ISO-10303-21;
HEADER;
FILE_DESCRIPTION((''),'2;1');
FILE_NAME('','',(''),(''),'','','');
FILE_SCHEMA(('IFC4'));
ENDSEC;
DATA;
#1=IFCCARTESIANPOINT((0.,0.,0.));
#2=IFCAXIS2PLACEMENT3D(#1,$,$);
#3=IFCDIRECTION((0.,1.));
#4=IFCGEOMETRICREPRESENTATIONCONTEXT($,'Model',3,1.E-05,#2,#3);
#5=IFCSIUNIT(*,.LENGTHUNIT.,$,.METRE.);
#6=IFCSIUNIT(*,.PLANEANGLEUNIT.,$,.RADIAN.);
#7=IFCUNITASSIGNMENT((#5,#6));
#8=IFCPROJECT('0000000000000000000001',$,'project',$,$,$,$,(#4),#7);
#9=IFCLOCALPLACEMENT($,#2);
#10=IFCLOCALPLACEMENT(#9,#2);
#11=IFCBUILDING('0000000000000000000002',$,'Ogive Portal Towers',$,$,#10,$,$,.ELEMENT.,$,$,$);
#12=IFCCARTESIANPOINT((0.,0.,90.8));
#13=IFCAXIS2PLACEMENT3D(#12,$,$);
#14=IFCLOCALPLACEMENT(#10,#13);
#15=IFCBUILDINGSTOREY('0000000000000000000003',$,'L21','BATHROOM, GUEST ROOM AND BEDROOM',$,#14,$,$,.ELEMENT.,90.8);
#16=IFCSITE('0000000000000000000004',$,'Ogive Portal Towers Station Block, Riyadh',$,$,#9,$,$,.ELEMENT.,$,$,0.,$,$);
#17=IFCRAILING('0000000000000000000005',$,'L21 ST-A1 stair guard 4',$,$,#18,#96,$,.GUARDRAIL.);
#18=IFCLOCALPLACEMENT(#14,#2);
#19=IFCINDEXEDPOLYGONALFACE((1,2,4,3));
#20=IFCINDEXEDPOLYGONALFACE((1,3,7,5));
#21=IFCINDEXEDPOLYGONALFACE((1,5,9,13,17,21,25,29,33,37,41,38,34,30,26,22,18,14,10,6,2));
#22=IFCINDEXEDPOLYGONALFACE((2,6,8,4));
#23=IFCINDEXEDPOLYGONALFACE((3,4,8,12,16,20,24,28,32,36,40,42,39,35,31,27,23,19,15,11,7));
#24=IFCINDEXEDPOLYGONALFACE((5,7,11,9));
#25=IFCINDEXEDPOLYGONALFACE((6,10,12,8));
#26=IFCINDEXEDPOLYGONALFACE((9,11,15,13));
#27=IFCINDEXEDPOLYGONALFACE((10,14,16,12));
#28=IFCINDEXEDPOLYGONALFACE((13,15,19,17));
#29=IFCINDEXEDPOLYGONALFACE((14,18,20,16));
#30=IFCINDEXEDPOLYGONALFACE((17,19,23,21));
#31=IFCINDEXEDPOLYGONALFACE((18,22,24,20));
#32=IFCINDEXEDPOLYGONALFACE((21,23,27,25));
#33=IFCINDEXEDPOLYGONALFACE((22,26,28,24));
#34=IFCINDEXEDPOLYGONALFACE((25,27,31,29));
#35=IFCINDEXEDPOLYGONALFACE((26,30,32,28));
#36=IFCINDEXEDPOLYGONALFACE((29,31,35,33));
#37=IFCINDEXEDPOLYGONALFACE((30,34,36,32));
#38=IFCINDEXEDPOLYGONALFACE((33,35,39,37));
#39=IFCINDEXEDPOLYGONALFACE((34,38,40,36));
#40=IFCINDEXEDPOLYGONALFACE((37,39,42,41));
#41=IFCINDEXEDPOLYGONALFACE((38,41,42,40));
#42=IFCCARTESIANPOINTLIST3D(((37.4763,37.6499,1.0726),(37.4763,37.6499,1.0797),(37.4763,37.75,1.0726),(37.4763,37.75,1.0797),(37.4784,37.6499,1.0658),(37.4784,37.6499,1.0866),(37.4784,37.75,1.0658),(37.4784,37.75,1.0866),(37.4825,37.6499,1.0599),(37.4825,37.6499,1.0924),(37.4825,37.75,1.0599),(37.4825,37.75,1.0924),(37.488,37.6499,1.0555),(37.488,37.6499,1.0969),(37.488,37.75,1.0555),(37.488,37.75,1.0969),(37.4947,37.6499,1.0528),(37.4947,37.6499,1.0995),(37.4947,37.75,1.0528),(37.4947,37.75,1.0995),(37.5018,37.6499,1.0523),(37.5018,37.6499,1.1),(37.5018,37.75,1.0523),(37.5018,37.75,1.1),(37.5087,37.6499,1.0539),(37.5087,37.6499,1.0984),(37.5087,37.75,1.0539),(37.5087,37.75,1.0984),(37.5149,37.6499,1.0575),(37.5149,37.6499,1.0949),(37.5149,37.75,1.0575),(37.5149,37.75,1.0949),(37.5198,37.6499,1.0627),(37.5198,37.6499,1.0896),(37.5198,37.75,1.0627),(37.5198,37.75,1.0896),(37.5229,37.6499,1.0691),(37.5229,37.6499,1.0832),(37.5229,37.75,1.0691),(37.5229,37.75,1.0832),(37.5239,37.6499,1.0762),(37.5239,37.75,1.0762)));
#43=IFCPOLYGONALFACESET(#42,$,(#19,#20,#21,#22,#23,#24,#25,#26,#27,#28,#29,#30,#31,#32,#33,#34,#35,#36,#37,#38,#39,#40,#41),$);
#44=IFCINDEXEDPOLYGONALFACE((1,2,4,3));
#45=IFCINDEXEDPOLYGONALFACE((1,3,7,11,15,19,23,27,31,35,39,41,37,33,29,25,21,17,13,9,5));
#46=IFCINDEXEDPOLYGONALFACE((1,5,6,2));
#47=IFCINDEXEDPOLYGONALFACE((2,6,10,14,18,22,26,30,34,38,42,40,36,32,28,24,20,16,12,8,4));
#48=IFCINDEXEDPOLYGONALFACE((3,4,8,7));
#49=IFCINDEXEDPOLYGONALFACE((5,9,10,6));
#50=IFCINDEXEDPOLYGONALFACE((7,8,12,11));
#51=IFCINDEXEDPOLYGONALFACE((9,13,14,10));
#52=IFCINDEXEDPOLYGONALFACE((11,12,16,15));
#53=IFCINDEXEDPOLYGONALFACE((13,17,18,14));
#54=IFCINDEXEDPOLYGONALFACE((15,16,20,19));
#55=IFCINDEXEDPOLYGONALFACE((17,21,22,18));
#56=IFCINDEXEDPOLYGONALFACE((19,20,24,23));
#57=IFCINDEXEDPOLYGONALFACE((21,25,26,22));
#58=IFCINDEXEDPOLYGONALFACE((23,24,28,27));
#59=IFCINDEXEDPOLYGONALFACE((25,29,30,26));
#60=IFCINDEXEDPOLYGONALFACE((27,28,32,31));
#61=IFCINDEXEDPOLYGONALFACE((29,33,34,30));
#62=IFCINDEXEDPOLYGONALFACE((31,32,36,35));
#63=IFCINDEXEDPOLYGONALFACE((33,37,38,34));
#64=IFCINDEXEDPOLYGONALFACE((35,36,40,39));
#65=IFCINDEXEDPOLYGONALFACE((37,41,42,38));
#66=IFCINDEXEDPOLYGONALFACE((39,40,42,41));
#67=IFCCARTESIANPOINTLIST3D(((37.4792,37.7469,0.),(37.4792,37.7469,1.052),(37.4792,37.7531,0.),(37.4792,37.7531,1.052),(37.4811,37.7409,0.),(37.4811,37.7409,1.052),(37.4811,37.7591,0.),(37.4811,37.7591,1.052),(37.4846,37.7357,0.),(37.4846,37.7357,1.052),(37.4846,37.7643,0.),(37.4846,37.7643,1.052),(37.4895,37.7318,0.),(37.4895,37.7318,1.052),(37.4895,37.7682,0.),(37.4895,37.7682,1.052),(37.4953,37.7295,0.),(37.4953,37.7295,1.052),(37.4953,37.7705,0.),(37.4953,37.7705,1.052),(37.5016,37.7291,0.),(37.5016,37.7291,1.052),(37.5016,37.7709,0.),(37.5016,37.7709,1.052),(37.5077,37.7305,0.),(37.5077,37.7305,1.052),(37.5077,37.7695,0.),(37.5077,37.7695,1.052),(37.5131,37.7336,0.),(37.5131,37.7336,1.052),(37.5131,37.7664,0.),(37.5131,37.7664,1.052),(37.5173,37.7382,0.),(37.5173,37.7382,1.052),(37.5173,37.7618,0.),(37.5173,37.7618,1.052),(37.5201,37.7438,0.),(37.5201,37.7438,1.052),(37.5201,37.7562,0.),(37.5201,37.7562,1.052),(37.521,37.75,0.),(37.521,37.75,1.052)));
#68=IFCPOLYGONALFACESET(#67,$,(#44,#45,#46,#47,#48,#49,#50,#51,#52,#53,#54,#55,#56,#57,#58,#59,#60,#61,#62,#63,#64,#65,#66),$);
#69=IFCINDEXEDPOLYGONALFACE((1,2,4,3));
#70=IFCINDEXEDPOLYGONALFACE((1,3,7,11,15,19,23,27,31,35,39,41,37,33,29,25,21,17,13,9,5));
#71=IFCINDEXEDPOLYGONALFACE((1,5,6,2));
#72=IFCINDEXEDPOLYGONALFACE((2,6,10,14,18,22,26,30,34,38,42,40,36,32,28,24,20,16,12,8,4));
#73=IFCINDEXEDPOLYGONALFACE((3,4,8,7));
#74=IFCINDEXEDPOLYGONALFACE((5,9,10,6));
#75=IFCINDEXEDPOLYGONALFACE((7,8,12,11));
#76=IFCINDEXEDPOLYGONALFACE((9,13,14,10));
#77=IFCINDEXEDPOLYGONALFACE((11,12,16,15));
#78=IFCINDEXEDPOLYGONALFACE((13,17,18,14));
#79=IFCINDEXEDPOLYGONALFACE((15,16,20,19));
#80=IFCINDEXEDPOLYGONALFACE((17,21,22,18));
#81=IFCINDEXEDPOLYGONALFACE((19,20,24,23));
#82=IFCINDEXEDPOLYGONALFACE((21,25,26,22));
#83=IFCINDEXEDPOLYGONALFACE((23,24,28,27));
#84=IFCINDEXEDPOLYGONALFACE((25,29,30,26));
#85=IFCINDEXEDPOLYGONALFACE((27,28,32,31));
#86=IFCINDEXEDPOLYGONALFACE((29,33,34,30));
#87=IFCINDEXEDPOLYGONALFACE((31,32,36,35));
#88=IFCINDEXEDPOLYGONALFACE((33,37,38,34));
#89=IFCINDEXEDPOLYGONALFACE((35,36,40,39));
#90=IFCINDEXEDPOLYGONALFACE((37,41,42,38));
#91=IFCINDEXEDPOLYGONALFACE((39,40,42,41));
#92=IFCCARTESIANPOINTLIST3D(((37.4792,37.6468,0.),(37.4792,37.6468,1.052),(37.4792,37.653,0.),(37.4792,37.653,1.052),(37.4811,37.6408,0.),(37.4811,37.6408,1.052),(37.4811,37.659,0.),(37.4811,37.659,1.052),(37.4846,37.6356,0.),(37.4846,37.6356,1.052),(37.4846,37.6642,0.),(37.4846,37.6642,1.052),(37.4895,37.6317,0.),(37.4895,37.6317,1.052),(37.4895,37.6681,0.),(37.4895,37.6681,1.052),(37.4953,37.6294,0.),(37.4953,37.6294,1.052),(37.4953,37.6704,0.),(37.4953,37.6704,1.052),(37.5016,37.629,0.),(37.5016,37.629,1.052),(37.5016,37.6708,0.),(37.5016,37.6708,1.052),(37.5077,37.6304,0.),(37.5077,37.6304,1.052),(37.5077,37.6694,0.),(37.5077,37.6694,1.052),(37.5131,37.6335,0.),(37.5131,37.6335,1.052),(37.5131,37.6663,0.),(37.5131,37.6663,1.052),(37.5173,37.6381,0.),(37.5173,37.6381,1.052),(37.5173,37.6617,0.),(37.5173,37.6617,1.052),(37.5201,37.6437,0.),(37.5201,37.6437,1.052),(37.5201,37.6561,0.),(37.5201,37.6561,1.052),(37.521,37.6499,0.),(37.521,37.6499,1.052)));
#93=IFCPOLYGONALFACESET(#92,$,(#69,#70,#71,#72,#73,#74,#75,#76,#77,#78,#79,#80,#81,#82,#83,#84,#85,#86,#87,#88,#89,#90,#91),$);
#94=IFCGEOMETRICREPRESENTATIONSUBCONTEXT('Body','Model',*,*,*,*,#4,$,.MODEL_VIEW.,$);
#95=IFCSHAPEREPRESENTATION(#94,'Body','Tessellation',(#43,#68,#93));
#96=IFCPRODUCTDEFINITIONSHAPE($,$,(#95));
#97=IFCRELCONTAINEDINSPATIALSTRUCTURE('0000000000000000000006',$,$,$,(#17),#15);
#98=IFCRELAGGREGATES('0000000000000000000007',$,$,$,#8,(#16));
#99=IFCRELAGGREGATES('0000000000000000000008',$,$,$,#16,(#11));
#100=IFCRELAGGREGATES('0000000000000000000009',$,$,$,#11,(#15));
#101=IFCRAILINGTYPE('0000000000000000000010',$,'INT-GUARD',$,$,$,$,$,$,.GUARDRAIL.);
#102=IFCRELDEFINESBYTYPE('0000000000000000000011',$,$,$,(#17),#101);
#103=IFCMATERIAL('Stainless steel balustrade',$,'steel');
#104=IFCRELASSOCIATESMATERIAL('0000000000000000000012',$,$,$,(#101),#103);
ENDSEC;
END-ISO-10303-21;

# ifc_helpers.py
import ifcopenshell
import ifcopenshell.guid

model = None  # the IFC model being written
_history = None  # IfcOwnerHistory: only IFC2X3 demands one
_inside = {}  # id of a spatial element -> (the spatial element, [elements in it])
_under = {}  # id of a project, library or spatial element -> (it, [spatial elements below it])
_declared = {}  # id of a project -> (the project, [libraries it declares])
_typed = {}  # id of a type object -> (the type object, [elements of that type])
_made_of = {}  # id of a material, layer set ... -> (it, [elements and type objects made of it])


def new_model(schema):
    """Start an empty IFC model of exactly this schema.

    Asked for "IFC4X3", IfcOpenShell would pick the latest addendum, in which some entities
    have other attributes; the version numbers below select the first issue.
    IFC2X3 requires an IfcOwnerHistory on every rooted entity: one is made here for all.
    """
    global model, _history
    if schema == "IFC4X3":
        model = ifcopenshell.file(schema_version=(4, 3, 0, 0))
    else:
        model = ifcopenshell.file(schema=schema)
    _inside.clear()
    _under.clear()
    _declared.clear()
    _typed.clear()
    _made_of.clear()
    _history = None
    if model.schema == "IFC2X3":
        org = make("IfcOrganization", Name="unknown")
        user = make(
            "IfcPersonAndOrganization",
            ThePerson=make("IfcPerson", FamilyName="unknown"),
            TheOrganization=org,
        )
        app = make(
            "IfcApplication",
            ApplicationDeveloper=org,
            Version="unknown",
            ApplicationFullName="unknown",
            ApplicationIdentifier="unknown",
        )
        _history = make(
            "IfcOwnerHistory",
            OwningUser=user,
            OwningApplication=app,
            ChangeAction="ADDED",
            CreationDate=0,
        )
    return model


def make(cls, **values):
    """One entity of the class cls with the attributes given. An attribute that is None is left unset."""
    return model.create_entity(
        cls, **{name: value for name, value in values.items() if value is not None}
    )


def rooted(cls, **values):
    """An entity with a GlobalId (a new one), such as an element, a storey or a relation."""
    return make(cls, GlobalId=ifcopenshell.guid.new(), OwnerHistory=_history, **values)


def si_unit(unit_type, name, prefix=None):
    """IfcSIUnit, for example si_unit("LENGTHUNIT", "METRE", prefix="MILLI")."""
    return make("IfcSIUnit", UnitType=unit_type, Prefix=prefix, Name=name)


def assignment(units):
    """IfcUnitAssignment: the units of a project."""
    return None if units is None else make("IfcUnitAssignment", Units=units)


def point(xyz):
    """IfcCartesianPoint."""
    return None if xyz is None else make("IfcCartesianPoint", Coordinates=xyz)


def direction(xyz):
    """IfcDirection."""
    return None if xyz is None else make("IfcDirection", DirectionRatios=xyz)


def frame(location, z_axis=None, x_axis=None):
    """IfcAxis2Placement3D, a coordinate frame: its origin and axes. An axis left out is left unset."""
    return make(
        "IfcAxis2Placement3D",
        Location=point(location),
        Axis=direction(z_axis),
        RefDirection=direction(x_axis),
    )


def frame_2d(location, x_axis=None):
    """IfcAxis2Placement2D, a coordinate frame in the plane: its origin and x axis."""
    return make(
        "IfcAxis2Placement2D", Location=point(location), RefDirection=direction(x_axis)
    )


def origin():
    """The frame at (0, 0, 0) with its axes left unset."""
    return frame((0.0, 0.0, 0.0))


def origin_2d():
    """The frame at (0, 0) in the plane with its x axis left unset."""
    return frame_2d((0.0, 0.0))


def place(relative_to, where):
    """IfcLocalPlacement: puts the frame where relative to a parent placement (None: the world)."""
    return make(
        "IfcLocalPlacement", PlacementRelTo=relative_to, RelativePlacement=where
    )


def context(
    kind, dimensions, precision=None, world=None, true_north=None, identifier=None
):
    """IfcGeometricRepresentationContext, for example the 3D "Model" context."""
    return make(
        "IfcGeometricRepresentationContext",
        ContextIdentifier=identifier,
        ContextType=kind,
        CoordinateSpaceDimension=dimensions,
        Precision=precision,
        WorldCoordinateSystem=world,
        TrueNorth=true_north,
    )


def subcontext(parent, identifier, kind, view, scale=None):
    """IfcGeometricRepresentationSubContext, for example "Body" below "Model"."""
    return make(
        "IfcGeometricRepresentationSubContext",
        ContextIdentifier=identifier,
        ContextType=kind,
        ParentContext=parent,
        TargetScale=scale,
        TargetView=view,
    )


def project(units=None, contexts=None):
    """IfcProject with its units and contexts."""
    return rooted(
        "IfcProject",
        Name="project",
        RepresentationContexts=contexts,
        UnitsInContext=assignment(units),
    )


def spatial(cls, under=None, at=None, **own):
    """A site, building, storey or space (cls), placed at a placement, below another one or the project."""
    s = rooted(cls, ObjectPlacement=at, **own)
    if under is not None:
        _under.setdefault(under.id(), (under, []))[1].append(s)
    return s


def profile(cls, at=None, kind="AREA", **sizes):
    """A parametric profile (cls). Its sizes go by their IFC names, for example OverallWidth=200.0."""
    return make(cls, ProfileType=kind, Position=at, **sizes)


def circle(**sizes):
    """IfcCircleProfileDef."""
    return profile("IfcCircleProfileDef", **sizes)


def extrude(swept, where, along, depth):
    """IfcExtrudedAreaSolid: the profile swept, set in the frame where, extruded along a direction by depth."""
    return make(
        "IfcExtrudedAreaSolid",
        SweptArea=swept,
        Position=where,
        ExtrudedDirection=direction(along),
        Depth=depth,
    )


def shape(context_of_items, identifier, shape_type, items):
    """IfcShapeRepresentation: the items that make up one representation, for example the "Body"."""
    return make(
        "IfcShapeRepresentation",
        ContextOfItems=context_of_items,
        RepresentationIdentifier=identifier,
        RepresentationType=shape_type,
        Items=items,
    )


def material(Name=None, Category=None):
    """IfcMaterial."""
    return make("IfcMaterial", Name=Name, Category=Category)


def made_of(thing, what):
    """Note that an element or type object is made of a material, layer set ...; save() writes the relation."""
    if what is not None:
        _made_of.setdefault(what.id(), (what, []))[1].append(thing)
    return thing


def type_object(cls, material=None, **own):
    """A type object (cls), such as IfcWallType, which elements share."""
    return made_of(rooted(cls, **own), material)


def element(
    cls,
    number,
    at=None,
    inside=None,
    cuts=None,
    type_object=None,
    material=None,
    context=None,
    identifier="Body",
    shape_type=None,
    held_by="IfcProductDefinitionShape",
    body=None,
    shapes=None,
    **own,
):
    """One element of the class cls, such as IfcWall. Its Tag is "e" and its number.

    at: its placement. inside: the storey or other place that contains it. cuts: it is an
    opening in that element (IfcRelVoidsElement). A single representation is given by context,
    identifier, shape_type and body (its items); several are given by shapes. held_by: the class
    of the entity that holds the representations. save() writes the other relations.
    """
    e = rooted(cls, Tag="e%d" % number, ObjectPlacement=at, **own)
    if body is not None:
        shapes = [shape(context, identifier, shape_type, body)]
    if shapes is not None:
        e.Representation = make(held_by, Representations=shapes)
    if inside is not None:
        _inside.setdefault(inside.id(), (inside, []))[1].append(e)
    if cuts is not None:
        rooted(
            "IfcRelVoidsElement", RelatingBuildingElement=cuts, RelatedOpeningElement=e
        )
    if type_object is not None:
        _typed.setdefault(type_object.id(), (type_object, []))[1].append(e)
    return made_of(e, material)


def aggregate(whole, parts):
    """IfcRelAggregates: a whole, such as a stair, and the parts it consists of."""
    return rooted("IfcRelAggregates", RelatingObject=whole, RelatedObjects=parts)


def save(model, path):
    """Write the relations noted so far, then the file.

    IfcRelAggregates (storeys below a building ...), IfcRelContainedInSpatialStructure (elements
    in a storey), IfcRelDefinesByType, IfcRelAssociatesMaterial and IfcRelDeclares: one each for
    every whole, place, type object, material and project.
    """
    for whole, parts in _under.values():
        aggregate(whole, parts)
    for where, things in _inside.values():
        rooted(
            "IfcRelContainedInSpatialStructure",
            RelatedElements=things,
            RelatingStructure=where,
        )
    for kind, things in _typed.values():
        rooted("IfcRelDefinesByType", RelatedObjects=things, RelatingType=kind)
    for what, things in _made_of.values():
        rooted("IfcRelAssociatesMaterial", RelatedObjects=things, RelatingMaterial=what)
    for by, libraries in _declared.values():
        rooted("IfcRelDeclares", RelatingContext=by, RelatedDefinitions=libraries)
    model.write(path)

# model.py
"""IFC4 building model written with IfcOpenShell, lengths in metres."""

from ifc_helpers import new_model, si_unit, direction, frame, origin, origin_2d, place, context, subcontext, project, spatial, circle, extrude, material, type_object, element, save


model = new_model("IFC4")

# Units and contexts
model_context = context("Model", 3, precision=1e-05, world=origin(), true_north=direction((0.0, 1.0)))
body_context = subcontext(model_context, "Body", "Model", "MODEL_VIEW")
ifc_project = project(units=[si_unit("LENGTHUNIT", "METRE"), si_unit("PLANEANGLEUNIT", "RADIAN")], contexts=[model_context])

# Site, building, storey
site_placement = place(None, origin())
site = spatial("IfcSite", under=ifc_project, at=site_placement, Name="Ogive Portal Towers Station Block, Riyadh", CompositionType="ELEMENT", RefElevation=0.0)
building_placement = place(site_placement, origin())
building = spatial("IfcBuilding", under=site, at=building_placement, Name="Ogive Portal Towers", CompositionType="ELEMENT")
storey_placement = place(building_placement, frame((0.0, 0.0, 90.8)))
storey = spatial("IfcBuildingStorey", under=building, at=storey_placement, Name="L21", Description="BATHROOM, GUEST ROOM AND BEDROOM", CompositionType="ELEMENT", Elevation=90.8)

# Railing
ifc_material_1 = material(Name="Stainless steel balustrade", Category="steel")
railing_type_1 = type_object("IfcRailingType", Name="INT-GUARD", PredefinedType="GUARDRAIL", material=ifc_material_1)
railing_1_placement = place(storey_placement, frame((37.5, 37.75, 0.0)))
element("IfcRailing", 1, at=railing_1_placement, inside=storey, type_object=railing_type_1, Name="L21 ST-A1 stair guard 4", PredefinedType="GUARDRAIL", context=body_context, shape_type="SweptSolid", body=[
    extrude(circle(Radius=0.0239, at=origin_2d()), frame((0.0, 0.0, 1.0762), z_axis=(0.0, -1.0, 0.0), x_axis=(1.0, 0.0, 0.0)), (0.0, 0.0, 1.0), 0.1001),
    extrude(circle(Radius=0.021, at=origin_2d()), origin(), (0.0, 0.0, 1.0), 1.052),
    extrude(circle(Radius=0.021, at=origin_2d()), frame((0.0, -0.1001, 0.0)), (0.0, 0.0, 1.0), 1.052),
])

save(model, "model.ifc")
